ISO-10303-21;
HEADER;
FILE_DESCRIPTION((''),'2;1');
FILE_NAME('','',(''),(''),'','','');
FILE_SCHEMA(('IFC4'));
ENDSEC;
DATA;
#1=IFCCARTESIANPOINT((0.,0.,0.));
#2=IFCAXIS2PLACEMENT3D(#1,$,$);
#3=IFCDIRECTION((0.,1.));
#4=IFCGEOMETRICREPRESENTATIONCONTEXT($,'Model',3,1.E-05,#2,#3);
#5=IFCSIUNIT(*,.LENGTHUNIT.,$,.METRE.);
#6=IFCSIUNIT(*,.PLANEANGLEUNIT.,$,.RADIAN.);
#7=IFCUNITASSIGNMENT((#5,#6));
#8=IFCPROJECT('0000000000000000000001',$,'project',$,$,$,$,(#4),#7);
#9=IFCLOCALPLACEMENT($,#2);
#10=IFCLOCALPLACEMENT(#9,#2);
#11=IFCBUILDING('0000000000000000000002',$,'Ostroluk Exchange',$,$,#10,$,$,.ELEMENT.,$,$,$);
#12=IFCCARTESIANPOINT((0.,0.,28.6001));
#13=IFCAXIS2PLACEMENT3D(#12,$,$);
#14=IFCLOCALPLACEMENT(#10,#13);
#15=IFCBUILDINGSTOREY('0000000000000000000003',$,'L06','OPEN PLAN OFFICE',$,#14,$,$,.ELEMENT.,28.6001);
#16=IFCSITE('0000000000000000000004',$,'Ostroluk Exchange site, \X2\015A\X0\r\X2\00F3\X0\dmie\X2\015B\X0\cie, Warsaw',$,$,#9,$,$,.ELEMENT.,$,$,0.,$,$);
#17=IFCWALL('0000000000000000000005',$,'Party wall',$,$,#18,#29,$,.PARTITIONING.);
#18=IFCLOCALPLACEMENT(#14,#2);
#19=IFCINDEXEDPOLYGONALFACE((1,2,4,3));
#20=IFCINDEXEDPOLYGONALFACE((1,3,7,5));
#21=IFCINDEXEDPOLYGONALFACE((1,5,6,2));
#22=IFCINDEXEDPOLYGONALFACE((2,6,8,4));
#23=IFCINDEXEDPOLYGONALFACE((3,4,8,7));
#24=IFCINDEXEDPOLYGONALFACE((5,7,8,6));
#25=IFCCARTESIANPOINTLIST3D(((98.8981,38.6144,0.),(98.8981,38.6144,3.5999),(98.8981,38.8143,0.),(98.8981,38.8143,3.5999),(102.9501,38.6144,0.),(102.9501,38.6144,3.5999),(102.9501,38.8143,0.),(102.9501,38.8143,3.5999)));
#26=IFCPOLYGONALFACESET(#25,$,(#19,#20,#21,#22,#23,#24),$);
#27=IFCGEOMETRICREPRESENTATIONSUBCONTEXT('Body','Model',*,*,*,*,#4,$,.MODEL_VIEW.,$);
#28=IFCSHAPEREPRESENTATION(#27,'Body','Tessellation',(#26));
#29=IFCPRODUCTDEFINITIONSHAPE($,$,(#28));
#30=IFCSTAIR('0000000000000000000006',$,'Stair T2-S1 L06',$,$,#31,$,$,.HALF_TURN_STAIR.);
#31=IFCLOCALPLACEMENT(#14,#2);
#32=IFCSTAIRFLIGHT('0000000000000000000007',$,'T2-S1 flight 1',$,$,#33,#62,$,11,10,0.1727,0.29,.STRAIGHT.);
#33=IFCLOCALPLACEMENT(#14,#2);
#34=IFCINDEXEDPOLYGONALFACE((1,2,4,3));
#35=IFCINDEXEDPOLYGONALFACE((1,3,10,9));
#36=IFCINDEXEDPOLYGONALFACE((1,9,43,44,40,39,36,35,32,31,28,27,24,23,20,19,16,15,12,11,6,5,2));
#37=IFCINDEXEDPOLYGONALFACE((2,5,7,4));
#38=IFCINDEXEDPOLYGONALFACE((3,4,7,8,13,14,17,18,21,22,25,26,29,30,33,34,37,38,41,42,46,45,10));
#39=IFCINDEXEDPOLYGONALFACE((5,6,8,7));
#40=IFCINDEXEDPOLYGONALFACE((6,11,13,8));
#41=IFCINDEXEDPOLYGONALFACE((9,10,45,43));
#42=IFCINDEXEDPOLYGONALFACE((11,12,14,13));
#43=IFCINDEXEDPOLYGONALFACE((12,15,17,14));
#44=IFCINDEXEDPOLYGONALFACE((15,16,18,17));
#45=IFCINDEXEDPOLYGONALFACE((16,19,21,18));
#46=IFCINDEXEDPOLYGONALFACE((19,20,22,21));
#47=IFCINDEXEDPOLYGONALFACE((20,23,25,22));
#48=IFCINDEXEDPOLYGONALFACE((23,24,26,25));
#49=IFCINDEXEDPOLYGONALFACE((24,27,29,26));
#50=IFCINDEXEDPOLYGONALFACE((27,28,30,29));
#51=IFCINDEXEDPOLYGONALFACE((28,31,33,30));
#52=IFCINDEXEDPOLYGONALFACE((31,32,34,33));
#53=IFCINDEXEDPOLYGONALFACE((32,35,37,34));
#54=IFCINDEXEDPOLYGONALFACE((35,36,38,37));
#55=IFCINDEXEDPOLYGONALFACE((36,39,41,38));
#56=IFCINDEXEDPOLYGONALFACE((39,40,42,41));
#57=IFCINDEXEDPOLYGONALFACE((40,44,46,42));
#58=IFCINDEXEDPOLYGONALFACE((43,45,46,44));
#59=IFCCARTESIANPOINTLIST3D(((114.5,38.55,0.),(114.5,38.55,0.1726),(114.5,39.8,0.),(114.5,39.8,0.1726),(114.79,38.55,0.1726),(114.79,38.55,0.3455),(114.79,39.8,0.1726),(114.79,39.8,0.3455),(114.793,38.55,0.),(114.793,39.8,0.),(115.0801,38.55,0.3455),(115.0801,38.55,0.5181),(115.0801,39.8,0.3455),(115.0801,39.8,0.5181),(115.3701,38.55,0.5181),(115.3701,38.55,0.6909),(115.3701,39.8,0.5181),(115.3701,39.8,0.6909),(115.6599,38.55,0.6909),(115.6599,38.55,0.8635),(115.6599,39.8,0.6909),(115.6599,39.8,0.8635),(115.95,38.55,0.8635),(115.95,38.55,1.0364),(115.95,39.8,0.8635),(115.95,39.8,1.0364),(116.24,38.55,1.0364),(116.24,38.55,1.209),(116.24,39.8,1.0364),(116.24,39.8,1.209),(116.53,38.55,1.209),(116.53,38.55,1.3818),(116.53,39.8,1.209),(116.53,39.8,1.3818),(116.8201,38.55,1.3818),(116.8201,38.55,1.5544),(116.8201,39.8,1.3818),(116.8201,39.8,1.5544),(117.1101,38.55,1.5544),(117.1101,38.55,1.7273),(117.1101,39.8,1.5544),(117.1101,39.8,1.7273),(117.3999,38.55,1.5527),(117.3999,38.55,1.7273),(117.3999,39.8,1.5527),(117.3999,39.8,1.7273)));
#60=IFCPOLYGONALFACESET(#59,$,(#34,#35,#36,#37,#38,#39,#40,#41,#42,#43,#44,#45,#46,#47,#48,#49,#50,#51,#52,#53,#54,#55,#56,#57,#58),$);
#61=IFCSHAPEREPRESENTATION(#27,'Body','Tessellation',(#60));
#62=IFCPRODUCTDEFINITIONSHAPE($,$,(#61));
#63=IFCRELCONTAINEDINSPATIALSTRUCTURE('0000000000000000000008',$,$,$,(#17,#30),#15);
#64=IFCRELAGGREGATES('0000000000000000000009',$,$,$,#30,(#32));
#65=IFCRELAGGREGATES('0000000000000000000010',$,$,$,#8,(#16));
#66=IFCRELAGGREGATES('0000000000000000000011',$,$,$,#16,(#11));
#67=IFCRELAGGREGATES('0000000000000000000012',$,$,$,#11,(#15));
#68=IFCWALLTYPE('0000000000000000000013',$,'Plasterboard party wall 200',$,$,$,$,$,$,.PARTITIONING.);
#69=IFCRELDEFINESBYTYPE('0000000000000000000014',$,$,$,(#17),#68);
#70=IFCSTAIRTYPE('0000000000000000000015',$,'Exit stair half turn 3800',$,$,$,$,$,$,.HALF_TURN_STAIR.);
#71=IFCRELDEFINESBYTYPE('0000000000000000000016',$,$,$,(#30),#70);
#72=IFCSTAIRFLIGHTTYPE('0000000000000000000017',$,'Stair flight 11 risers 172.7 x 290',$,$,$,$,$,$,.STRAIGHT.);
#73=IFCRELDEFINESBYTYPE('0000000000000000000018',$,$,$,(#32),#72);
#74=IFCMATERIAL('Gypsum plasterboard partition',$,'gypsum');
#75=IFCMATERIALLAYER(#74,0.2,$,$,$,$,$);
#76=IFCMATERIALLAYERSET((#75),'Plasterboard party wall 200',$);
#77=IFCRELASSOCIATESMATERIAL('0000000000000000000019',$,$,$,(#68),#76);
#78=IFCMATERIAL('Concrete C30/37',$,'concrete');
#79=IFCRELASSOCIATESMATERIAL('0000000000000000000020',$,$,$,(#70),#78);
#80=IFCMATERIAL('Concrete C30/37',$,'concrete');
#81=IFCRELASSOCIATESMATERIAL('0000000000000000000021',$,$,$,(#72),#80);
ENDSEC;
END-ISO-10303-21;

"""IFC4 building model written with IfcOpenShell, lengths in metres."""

from ifc_helpers import new_model, si_unit, direction, frame, frame_2d, origin, place, context, subcontext, project, spatial, polyline, rectangle, outline, extrude, material, layer, layer_set, type_object, element, aggregate, save


model = new_model("IFC4")

# Units and contexts
model_context = context("Model", 3, precision=1e-05, world=origin(), true_north=direction((0.0, 1.0)))
body_context = subcontext(model_context, "Body", "Model", "MODEL_VIEW")
ifc_project = project(units=[si_unit("LENGTHUNIT", "METRE"), si_unit("PLANEANGLEUNIT", "RADIAN")], contexts=[model_context])

# Site, building, storey
site_placement = place(None, origin())
site = spatial("IfcSite", under=ifc_project, at=site_placement, Name="Ostroluk Exchange site, Śródmieście, Warsaw", CompositionType="ELEMENT", RefElevation=0.0)
building_placement = place(site_placement, origin())
building = spatial("IfcBuilding", under=site, at=building_placement, Name="Ostroluk Exchange", CompositionType="ELEMENT")
storey_placement = place(building_placement, frame((0.0, 0.0, 28.6001)))
storey = spatial("IfcBuildingStorey", under=building, at=storey_placement, Name="L06", Description="OPEN PLAN OFFICE", CompositionType="ELEMENT", Elevation=28.6001)

# Wall
ifc_material_1 = material(Name="Gypsum plasterboard partition", Category="gypsum")
ifc_layer_1 = layer(ifc_material_1, 0.2)
ifc_layer_set_1 = layer_set([ifc_layer_1], Name="Plasterboard party wall 200")
wall_type_1 = type_object("IfcWallType", Name="Plasterboard party wall 200", PredefinedType="PARTITIONING", material=ifc_layer_set_1)
wall_1_placement = place(storey_placement, frame((102.95, 38.7144, 0.0), z_axis=(0.0, 0.0, 1.0), x_axis=(-1.0, 0.0, 0.0)))
element("IfcWall", 1, at=wall_1_placement, inside=storey, type_object=wall_type_1, Name="Party wall", PredefinedType="PARTITIONING", context=body_context, shape_type="SweptSolid", body=[
    extrude(rectangle(XDim=4.052, YDim=0.2, at=frame_2d((2.0259, 0.0))), origin(), (0.0, 0.0, 1.0), 3.5999),
])

# Stair, stair flight
ifc_material_2 = material(Name="Concrete C30/37", Category="concrete")
stair_type = type_object("IfcStairType", Name="Exit stair half turn 3800", PredefinedType="HALF_TURN_STAIR", material=ifc_material_2)
stair_placement = place(storey_placement, origin())
stair = element("IfcStair", 2, at=stair_placement, inside=storey, type_object=stair_type, Name="Stair T2-S1 L06", PredefinedType="HALF_TURN_STAIR")
ifc_material_3 = material(Name="Concrete C30/37", Category="concrete")
stair_flight_type = type_object("IfcStairFlightType", Name="Stair flight 11 risers 172.7 x 290", PredefinedType="STRAIGHT", material=ifc_material_3)
stair_flight_placement = place(storey_placement, frame((114.5, 39.175, 0.0), z_axis=(0.0, 0.0, 1.0), x_axis=(1.0, 0.0, 0.0)))
stair_flight = element("IfcStairFlight", 3, at=stair_flight_placement, type_object=stair_flight_type, Name="T2-S1 flight 1", NumberOfRisers=11, NumberOfTreads=10, PredefinedType="STRAIGHT", RiserHeight=0.1727, TreadLength=0.29, context=body_context, shape_type="SweptSolid", body=[
    extrude(outline(polyline([(0.0, 0.0), (0.0, 0.1726), (0.29, 0.1726), (0.29, 0.3455), (0.5801, 0.3455), (0.5801, 0.5181), (0.8701, 0.5181), (0.8701, 0.6909), (1.1599, 0.6909), (1.1599, 0.8635), (1.45, 0.8635), (1.45, 1.0364), (1.74, 1.0364), (1.74, 1.209), (2.03, 1.209), (2.03, 1.3818), (2.3201, 1.3818), (2.3201, 1.5544), (2.6101, 1.5544), (2.6101, 1.7273), (2.8999, 1.7273), (2.8999, 1.8999), (2.8999, 1.5527), (0.293, 0.0), (0.0, 0.0)])), frame((0.0, 0.625, 0.0), z_axis=(0.0, -1.0, 0.0), x_axis=(1.0, 0.0, 0.0)), (0.0, 0.0, 1.0), 1.25),
])
aggregate(stair, [stair_flight])

save(model, "model.ifc")
